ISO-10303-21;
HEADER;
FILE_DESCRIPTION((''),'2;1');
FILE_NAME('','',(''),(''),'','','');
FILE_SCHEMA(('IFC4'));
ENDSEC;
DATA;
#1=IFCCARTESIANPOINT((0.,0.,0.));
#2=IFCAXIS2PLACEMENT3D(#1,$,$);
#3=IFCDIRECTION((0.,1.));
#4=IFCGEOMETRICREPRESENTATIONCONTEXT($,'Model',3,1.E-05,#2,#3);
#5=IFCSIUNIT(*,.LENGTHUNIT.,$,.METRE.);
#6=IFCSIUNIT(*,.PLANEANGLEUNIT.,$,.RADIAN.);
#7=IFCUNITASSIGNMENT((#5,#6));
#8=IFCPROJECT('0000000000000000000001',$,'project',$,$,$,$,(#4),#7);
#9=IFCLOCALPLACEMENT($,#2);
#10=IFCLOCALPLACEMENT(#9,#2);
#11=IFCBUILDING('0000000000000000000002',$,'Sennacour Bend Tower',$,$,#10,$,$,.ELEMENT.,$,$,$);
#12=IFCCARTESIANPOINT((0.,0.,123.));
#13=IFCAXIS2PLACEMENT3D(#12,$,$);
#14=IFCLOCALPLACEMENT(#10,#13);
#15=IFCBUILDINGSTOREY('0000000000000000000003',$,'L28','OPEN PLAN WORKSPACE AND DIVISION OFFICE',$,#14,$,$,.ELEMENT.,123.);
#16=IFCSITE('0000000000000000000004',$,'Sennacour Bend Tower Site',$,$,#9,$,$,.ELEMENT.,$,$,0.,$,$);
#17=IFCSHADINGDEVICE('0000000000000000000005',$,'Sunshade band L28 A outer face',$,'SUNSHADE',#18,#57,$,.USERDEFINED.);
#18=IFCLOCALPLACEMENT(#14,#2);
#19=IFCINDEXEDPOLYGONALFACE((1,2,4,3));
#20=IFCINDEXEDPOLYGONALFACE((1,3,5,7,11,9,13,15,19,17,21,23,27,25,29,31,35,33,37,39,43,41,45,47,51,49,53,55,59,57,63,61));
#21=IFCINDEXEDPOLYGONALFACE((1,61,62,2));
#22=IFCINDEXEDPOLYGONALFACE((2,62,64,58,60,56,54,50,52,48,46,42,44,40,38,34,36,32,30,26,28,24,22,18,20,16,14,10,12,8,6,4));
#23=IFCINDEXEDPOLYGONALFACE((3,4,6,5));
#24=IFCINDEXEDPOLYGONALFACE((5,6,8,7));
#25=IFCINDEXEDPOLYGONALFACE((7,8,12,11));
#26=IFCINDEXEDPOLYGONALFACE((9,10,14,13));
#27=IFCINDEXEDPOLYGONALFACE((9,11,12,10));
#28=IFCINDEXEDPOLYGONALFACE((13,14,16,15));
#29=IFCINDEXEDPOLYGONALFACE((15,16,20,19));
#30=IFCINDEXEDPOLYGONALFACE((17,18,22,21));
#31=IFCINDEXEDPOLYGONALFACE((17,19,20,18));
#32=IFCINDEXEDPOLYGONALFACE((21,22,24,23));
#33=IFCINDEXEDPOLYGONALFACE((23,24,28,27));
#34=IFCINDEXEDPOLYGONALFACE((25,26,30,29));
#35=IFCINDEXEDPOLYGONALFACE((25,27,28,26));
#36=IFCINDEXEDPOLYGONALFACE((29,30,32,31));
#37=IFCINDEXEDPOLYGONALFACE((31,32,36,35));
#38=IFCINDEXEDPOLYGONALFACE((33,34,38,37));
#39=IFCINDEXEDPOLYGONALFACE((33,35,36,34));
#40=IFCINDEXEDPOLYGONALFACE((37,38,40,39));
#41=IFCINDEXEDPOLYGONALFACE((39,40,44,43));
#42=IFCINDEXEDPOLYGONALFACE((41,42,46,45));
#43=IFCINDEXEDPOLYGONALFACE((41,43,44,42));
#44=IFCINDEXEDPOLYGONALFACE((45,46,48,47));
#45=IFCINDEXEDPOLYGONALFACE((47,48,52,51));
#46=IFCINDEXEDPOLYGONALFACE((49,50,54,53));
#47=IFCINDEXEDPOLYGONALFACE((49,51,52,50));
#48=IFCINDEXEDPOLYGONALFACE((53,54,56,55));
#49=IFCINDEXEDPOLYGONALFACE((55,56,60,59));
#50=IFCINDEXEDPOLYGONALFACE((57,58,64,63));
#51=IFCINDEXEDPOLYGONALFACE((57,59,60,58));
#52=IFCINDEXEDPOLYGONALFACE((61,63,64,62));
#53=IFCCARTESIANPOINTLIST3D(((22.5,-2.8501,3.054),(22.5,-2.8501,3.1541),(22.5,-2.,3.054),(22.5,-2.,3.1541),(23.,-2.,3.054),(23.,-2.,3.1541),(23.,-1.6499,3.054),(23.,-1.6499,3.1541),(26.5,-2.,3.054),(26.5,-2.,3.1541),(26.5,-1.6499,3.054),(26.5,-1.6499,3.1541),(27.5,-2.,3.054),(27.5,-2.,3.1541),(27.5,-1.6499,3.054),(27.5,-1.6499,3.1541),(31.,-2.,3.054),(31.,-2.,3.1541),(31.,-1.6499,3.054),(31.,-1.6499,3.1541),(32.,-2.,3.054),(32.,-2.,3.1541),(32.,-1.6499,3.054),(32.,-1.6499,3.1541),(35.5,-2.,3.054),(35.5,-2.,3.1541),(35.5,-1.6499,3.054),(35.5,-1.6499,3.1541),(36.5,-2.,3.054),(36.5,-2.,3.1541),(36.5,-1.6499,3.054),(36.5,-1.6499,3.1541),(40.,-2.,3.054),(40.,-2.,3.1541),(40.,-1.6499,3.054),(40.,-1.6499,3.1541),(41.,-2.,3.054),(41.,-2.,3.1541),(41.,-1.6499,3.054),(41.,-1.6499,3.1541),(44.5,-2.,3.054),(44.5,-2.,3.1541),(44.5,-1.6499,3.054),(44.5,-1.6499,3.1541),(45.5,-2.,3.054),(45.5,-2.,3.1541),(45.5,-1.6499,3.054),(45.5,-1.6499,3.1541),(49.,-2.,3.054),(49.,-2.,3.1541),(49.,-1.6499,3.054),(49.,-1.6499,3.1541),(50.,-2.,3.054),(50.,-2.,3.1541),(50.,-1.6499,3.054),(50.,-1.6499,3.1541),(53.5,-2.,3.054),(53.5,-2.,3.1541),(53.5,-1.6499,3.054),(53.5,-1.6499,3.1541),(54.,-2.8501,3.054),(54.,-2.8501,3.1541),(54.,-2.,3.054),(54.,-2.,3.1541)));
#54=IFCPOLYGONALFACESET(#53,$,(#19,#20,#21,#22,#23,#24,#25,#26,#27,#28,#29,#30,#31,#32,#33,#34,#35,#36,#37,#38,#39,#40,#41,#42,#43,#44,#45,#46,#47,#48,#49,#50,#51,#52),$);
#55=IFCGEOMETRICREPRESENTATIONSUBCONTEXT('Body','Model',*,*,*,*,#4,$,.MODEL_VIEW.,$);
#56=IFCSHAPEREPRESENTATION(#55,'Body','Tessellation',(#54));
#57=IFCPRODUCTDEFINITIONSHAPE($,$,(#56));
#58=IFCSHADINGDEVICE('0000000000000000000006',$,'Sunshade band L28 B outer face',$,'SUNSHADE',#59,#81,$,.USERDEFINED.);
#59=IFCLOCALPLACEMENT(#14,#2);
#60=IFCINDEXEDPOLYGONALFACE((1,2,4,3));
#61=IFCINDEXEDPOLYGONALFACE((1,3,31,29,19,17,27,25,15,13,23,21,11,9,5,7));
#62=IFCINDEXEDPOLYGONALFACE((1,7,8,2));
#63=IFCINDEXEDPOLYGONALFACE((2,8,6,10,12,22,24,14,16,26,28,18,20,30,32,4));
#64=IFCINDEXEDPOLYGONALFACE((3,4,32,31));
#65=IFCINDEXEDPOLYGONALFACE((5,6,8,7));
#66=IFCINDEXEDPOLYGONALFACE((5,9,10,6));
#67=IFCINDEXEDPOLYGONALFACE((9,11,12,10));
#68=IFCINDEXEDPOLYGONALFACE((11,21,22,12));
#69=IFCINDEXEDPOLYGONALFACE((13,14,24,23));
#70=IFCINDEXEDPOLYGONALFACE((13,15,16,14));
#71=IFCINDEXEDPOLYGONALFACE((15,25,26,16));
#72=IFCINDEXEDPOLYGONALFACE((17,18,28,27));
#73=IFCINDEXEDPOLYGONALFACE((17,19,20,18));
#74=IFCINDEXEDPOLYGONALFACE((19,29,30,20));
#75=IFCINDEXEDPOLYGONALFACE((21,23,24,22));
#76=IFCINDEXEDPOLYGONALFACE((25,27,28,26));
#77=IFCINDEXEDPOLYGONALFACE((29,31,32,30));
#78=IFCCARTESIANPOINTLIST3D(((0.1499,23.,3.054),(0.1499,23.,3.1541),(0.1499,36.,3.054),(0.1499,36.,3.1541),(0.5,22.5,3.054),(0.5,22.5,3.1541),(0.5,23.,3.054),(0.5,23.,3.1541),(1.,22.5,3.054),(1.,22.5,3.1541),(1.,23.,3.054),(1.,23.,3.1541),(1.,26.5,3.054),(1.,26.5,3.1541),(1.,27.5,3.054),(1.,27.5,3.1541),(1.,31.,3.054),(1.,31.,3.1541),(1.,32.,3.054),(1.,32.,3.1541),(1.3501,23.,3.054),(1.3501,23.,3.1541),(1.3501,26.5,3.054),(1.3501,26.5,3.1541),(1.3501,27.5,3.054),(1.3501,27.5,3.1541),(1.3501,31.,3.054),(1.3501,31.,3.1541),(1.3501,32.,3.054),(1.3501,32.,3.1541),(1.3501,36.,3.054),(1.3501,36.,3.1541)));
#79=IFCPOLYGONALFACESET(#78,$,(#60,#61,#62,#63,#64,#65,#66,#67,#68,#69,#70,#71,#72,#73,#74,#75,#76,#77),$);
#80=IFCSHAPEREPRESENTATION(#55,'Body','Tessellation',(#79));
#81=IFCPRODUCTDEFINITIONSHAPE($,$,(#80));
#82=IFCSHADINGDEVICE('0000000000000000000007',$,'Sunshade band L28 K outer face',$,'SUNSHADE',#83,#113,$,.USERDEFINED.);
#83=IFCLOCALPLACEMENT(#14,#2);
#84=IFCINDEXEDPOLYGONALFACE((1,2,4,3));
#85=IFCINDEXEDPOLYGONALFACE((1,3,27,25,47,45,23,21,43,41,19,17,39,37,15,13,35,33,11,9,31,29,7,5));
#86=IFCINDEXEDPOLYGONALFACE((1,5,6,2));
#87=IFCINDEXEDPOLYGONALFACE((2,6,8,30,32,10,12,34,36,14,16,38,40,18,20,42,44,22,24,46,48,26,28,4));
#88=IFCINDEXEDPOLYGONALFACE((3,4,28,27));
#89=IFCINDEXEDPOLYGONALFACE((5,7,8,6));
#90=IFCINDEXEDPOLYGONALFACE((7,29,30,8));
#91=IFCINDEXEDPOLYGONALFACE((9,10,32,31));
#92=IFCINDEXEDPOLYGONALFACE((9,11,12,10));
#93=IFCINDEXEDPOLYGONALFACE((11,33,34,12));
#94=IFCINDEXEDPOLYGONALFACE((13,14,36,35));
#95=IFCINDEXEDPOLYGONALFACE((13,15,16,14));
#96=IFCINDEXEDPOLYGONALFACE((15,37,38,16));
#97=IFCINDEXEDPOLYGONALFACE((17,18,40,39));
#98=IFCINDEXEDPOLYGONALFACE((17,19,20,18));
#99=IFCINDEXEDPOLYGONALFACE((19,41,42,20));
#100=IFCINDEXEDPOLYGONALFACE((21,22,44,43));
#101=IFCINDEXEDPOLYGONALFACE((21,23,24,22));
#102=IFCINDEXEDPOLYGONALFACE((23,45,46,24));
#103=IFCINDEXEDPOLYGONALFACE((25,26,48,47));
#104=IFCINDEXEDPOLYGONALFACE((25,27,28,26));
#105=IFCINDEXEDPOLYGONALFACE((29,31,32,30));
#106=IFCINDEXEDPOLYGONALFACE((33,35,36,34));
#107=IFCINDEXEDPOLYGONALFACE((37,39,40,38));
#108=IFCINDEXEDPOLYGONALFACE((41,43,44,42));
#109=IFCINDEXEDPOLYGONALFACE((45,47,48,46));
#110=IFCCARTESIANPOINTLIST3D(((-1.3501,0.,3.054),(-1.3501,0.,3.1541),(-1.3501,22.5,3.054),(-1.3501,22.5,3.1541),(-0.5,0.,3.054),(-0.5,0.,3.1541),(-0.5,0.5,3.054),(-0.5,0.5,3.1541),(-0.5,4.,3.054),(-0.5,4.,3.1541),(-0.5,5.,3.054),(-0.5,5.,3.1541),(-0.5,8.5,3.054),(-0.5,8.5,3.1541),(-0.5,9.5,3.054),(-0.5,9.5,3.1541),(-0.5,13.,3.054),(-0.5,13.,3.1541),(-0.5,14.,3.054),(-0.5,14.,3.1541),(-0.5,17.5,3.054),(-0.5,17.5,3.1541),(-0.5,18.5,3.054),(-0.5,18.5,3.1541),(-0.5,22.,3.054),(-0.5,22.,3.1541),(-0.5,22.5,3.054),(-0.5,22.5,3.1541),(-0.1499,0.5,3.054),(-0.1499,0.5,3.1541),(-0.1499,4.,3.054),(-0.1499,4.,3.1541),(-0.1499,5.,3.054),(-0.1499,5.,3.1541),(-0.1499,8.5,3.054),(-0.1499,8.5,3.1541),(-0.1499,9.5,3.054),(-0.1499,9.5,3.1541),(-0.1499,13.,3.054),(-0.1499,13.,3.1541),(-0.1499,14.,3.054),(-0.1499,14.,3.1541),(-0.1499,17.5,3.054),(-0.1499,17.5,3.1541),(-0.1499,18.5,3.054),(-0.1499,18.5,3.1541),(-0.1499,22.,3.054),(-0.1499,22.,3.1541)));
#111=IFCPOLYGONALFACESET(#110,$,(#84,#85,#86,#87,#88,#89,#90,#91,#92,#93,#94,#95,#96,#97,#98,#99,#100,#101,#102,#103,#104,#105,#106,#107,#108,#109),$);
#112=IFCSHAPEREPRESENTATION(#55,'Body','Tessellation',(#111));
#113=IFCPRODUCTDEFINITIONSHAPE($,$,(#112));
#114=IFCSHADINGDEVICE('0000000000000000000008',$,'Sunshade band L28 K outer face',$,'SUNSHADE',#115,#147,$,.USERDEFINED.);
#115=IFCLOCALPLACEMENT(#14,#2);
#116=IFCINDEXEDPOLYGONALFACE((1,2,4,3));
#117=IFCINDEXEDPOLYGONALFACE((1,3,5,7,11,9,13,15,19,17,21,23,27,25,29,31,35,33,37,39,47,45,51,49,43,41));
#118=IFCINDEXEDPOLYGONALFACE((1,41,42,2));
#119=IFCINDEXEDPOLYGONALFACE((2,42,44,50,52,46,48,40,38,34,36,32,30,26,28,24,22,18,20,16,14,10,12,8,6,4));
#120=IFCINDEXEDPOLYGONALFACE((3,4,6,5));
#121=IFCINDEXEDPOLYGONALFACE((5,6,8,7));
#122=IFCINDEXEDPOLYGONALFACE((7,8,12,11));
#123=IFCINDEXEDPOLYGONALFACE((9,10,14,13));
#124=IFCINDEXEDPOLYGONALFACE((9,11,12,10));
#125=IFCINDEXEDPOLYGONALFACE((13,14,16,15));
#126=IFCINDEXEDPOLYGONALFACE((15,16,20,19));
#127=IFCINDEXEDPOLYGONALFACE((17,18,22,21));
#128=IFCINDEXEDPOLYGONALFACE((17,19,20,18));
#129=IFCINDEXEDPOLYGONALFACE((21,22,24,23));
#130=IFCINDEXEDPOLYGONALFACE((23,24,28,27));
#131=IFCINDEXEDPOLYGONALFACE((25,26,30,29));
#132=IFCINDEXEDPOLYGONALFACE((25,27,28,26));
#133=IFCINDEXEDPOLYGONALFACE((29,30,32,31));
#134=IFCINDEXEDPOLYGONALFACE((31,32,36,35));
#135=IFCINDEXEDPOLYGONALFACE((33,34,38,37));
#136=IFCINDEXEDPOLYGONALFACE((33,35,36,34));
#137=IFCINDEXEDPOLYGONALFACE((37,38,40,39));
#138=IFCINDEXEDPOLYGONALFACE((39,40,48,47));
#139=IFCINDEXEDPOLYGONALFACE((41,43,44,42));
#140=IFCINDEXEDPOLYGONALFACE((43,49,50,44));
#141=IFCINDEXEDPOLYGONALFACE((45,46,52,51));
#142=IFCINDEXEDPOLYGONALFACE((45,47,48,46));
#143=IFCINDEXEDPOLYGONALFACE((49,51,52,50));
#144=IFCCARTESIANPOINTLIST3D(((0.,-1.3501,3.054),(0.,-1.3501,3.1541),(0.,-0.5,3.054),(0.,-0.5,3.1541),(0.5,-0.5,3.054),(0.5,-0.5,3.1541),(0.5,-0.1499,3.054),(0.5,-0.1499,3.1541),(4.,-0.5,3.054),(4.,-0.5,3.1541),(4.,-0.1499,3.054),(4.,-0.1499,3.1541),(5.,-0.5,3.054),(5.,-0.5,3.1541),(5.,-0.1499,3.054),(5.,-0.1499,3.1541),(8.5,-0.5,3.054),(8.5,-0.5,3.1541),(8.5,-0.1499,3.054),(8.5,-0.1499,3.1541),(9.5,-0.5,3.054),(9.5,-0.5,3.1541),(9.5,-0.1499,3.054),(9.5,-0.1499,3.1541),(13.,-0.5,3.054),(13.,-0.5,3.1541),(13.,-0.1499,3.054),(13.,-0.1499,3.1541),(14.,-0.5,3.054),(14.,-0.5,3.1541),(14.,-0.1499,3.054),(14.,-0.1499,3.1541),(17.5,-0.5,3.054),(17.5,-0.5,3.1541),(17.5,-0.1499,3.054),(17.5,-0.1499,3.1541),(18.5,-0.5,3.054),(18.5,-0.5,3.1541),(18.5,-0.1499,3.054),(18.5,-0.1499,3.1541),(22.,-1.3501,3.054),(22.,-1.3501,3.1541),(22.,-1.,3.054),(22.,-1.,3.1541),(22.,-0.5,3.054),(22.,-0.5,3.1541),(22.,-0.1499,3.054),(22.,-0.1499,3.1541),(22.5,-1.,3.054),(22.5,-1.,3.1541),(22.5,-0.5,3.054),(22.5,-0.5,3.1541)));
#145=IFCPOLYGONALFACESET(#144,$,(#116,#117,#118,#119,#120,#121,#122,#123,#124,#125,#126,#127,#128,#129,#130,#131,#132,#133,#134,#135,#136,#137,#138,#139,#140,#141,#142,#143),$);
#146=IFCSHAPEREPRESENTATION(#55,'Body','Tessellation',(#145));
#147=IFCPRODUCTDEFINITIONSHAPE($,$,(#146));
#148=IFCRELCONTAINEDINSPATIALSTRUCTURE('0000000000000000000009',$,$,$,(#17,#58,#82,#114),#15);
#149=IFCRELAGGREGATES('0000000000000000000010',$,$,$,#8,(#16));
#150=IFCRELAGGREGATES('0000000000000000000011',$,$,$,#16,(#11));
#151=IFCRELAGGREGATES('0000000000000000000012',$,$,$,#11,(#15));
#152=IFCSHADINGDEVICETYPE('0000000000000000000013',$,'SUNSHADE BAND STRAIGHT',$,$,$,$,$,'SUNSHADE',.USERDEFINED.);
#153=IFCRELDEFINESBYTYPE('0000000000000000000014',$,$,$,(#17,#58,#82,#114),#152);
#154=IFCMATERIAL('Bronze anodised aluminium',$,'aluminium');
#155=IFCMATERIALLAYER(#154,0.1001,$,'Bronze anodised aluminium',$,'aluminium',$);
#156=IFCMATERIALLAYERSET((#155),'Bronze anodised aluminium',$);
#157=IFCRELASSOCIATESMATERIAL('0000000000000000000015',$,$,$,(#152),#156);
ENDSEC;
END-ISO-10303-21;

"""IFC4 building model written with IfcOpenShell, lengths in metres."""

from ifc_helpers import new_model, si_unit, direction, frame, origin, place, context, subcontext, project, spatial, polyline, outline, extrude, material, layer, layer_set, type_object, element, save


model = new_model("IFC4")

# Units and contexts
model_context = context("Model", 3, precision=1e-05, world=origin(), true_north=direction((0.0, 1.0)))
body_context = subcontext(model_context, "Body", "Model", "MODEL_VIEW")
ifc_project = project(units=[si_unit("LENGTHUNIT", "METRE"), si_unit("PLANEANGLEUNIT", "RADIAN")], contexts=[model_context])

# Site, building, storey
site_placement = place(None, origin())
site = spatial("IfcSite", under=ifc_project, at=site_placement, Name="Sennacour Bend Tower Site", CompositionType="ELEMENT", RefElevation=0.0)
building_placement = place(site_placement, origin())
building = spatial("IfcBuilding", under=site, at=building_placement, Name="Sennacour Bend Tower", CompositionType="ELEMENT")
storey_placement = place(building_placement, frame((0.0, 0.0, 123.0)))
storey = spatial("IfcBuildingStorey", under=building, at=storey_placement, Name="L28", Description="OPEN PLAN WORKSPACE AND DIVISION OFFICE", CompositionType="ELEMENT", Elevation=123.0)

# Shading devices
ifc_material_1 = material(Name="Bronze anodised aluminium", Category="aluminium")
ifc_layer_1 = layer(ifc_material_1, 0.1001, Name="Bronze anodised aluminium", Category="aluminium")
ifc_layer_set_1 = layer_set([ifc_layer_1], Name="Bronze anodised aluminium")
shading_device_type_1 = type_object("IfcShadingDeviceType", Name="SUNSHADE BAND STRAIGHT", ElementType="SUNSHADE", PredefinedType="USERDEFINED", material=ifc_layer_set_1)
shading_device_1_placement = place(storey_placement, frame((0.0, 0.0, 3.054)))
element("IfcShadingDevice", 1, at=shading_device_1_placement, inside=storey, type_object=shading_device_type_1, Name="Sunshade band L28 A outer face", ObjectType="SUNSHADE", PredefinedType="USERDEFINED", context=body_context, shape_type="SweptSolid", body=[
    extrude(outline(polyline([(26.5, -1.6499), (26.5, -2.0), (27.5, -2.0), (27.5, -1.6499), (31.0, -1.6499), (31.0, -2.0), (32.0, -2.0), (32.0, -1.6499), (35.5, -1.6499), (35.5, -2.0), (36.5, -2.0), (36.5, -1.6499), (40.0, -1.6499), (40.0, -2.0), (41.0, -2.0), (41.0, -1.6499), (44.5, -1.6499), (44.5, -2.0), (45.5, -2.0), (45.5, -1.6499), (49.0, -1.6499), (49.0, -2.0), (50.0, -2.0), (50.0, -1.6499), (53.5, -1.6499), (53.5, -2.0), (54.0, -2.0), (54.0, -2.8501), (22.5, -2.8501), (22.5, -2.0), (23.0, -2.0), (23.0, -1.6499), (26.5, -1.6499)])), origin(), (0.0, 0.0, 1.0), 0.1001),
])
shading_device_2_placement = place(storey_placement, frame((0.0, 0.0, 3.054)))
element("IfcShadingDevice", 2, at=shading_device_2_placement, inside=storey, type_object=shading_device_type_1, Name="Sunshade band L28 B outer face", ObjectType="SUNSHADE", PredefinedType="USERDEFINED", context=body_context, shape_type="SweptSolid", body=[
    extrude(outline(polyline([(1.3501, 32.0), (1.0, 32.0), (1.0, 31.0), (1.3501, 31.0), (1.3501, 27.5), (1.0, 27.5), (1.0, 26.5), (1.3501, 26.5), (1.3501, 23.0), (1.0, 23.0), (1.0, 22.5), (0.5, 22.5), (0.5, 23.0), (0.1499, 23.0), (0.1499, 36.0), (1.3501, 36.0), (1.3501, 32.0)])), origin(), (0.0, 0.0, 1.0), 0.1001),
])
shading_device_3_placement = place(storey_placement, frame((0.0, 0.0, 3.054)))
element("IfcShadingDevice", 3, at=shading_device_3_placement, inside=storey, type_object=shading_device_type_1, Name="Sunshade band L28 K outer face", ObjectType="SUNSHADE", PredefinedType="USERDEFINED", context=body_context, shape_type="SweptSolid", body=[
    extrude(outline(polyline([(-0.1499, 18.5), (-0.5, 18.5), (-0.5, 17.5), (-0.1499, 17.5), (-0.1499, 14.0), (-0.5, 14.0), (-0.5, 13.0), (-0.1499, 13.0), (-0.1499, 9.5), (-0.5, 9.5), (-0.5, 8.5), (-0.1499, 8.5), (-0.1499, 5.0), (-0.5, 5.0), (-0.5, 4.0), (-0.1499, 4.0), (-0.1499, 0.5), (-0.5, 0.5), (-0.5, 0.0), (-1.3501, 0.0), (-1.3501, 22.5), (-0.5, 22.5), (-0.5, 22.0), (-0.1499, 22.0), (-0.1499, 18.5)])), origin(), (0.0, 0.0, 1.0), 0.1001),
])
shading_device_4_placement = place(storey_placement, frame((0.0, 0.0, 3.054)))
element("IfcShadingDevice", 4, at=shading_device_4_placement, inside=storey, type_object=shading_device_type_1, Name="Sunshade band L28 K outer face", ObjectType="SUNSHADE", PredefinedType="USERDEFINED", context=body_context, shape_type="SweptSolid", body=[
    extrude(outline(polyline([(4.0, -0.1499), (4.0, -0.5), (5.0, -0.5), (5.0, -0.1499), (8.5, -0.1499), (8.5, -0.5), (9.5, -0.5), (9.5, -0.1499), (13.0, -0.1499), (13.0, -0.5), (14.0, -0.5), (14.0, -0.1499), (17.5, -0.1499), (17.5, -0.5), (18.5, -0.5), (18.5, -0.1499), (22.0, -0.1499), (22.0, -0.5), (22.5, -0.5), (22.5, -1.0), (22.0, -1.0), (22.0, -1.3501), (0.0, -1.3501), (0.0, -0.5), (0.5, -0.5), (0.5, -0.1499), (4.0, -0.1499)])), origin(), (0.0, 0.0, 1.0), 0.1001),
])

save(model, "model.ifc")
